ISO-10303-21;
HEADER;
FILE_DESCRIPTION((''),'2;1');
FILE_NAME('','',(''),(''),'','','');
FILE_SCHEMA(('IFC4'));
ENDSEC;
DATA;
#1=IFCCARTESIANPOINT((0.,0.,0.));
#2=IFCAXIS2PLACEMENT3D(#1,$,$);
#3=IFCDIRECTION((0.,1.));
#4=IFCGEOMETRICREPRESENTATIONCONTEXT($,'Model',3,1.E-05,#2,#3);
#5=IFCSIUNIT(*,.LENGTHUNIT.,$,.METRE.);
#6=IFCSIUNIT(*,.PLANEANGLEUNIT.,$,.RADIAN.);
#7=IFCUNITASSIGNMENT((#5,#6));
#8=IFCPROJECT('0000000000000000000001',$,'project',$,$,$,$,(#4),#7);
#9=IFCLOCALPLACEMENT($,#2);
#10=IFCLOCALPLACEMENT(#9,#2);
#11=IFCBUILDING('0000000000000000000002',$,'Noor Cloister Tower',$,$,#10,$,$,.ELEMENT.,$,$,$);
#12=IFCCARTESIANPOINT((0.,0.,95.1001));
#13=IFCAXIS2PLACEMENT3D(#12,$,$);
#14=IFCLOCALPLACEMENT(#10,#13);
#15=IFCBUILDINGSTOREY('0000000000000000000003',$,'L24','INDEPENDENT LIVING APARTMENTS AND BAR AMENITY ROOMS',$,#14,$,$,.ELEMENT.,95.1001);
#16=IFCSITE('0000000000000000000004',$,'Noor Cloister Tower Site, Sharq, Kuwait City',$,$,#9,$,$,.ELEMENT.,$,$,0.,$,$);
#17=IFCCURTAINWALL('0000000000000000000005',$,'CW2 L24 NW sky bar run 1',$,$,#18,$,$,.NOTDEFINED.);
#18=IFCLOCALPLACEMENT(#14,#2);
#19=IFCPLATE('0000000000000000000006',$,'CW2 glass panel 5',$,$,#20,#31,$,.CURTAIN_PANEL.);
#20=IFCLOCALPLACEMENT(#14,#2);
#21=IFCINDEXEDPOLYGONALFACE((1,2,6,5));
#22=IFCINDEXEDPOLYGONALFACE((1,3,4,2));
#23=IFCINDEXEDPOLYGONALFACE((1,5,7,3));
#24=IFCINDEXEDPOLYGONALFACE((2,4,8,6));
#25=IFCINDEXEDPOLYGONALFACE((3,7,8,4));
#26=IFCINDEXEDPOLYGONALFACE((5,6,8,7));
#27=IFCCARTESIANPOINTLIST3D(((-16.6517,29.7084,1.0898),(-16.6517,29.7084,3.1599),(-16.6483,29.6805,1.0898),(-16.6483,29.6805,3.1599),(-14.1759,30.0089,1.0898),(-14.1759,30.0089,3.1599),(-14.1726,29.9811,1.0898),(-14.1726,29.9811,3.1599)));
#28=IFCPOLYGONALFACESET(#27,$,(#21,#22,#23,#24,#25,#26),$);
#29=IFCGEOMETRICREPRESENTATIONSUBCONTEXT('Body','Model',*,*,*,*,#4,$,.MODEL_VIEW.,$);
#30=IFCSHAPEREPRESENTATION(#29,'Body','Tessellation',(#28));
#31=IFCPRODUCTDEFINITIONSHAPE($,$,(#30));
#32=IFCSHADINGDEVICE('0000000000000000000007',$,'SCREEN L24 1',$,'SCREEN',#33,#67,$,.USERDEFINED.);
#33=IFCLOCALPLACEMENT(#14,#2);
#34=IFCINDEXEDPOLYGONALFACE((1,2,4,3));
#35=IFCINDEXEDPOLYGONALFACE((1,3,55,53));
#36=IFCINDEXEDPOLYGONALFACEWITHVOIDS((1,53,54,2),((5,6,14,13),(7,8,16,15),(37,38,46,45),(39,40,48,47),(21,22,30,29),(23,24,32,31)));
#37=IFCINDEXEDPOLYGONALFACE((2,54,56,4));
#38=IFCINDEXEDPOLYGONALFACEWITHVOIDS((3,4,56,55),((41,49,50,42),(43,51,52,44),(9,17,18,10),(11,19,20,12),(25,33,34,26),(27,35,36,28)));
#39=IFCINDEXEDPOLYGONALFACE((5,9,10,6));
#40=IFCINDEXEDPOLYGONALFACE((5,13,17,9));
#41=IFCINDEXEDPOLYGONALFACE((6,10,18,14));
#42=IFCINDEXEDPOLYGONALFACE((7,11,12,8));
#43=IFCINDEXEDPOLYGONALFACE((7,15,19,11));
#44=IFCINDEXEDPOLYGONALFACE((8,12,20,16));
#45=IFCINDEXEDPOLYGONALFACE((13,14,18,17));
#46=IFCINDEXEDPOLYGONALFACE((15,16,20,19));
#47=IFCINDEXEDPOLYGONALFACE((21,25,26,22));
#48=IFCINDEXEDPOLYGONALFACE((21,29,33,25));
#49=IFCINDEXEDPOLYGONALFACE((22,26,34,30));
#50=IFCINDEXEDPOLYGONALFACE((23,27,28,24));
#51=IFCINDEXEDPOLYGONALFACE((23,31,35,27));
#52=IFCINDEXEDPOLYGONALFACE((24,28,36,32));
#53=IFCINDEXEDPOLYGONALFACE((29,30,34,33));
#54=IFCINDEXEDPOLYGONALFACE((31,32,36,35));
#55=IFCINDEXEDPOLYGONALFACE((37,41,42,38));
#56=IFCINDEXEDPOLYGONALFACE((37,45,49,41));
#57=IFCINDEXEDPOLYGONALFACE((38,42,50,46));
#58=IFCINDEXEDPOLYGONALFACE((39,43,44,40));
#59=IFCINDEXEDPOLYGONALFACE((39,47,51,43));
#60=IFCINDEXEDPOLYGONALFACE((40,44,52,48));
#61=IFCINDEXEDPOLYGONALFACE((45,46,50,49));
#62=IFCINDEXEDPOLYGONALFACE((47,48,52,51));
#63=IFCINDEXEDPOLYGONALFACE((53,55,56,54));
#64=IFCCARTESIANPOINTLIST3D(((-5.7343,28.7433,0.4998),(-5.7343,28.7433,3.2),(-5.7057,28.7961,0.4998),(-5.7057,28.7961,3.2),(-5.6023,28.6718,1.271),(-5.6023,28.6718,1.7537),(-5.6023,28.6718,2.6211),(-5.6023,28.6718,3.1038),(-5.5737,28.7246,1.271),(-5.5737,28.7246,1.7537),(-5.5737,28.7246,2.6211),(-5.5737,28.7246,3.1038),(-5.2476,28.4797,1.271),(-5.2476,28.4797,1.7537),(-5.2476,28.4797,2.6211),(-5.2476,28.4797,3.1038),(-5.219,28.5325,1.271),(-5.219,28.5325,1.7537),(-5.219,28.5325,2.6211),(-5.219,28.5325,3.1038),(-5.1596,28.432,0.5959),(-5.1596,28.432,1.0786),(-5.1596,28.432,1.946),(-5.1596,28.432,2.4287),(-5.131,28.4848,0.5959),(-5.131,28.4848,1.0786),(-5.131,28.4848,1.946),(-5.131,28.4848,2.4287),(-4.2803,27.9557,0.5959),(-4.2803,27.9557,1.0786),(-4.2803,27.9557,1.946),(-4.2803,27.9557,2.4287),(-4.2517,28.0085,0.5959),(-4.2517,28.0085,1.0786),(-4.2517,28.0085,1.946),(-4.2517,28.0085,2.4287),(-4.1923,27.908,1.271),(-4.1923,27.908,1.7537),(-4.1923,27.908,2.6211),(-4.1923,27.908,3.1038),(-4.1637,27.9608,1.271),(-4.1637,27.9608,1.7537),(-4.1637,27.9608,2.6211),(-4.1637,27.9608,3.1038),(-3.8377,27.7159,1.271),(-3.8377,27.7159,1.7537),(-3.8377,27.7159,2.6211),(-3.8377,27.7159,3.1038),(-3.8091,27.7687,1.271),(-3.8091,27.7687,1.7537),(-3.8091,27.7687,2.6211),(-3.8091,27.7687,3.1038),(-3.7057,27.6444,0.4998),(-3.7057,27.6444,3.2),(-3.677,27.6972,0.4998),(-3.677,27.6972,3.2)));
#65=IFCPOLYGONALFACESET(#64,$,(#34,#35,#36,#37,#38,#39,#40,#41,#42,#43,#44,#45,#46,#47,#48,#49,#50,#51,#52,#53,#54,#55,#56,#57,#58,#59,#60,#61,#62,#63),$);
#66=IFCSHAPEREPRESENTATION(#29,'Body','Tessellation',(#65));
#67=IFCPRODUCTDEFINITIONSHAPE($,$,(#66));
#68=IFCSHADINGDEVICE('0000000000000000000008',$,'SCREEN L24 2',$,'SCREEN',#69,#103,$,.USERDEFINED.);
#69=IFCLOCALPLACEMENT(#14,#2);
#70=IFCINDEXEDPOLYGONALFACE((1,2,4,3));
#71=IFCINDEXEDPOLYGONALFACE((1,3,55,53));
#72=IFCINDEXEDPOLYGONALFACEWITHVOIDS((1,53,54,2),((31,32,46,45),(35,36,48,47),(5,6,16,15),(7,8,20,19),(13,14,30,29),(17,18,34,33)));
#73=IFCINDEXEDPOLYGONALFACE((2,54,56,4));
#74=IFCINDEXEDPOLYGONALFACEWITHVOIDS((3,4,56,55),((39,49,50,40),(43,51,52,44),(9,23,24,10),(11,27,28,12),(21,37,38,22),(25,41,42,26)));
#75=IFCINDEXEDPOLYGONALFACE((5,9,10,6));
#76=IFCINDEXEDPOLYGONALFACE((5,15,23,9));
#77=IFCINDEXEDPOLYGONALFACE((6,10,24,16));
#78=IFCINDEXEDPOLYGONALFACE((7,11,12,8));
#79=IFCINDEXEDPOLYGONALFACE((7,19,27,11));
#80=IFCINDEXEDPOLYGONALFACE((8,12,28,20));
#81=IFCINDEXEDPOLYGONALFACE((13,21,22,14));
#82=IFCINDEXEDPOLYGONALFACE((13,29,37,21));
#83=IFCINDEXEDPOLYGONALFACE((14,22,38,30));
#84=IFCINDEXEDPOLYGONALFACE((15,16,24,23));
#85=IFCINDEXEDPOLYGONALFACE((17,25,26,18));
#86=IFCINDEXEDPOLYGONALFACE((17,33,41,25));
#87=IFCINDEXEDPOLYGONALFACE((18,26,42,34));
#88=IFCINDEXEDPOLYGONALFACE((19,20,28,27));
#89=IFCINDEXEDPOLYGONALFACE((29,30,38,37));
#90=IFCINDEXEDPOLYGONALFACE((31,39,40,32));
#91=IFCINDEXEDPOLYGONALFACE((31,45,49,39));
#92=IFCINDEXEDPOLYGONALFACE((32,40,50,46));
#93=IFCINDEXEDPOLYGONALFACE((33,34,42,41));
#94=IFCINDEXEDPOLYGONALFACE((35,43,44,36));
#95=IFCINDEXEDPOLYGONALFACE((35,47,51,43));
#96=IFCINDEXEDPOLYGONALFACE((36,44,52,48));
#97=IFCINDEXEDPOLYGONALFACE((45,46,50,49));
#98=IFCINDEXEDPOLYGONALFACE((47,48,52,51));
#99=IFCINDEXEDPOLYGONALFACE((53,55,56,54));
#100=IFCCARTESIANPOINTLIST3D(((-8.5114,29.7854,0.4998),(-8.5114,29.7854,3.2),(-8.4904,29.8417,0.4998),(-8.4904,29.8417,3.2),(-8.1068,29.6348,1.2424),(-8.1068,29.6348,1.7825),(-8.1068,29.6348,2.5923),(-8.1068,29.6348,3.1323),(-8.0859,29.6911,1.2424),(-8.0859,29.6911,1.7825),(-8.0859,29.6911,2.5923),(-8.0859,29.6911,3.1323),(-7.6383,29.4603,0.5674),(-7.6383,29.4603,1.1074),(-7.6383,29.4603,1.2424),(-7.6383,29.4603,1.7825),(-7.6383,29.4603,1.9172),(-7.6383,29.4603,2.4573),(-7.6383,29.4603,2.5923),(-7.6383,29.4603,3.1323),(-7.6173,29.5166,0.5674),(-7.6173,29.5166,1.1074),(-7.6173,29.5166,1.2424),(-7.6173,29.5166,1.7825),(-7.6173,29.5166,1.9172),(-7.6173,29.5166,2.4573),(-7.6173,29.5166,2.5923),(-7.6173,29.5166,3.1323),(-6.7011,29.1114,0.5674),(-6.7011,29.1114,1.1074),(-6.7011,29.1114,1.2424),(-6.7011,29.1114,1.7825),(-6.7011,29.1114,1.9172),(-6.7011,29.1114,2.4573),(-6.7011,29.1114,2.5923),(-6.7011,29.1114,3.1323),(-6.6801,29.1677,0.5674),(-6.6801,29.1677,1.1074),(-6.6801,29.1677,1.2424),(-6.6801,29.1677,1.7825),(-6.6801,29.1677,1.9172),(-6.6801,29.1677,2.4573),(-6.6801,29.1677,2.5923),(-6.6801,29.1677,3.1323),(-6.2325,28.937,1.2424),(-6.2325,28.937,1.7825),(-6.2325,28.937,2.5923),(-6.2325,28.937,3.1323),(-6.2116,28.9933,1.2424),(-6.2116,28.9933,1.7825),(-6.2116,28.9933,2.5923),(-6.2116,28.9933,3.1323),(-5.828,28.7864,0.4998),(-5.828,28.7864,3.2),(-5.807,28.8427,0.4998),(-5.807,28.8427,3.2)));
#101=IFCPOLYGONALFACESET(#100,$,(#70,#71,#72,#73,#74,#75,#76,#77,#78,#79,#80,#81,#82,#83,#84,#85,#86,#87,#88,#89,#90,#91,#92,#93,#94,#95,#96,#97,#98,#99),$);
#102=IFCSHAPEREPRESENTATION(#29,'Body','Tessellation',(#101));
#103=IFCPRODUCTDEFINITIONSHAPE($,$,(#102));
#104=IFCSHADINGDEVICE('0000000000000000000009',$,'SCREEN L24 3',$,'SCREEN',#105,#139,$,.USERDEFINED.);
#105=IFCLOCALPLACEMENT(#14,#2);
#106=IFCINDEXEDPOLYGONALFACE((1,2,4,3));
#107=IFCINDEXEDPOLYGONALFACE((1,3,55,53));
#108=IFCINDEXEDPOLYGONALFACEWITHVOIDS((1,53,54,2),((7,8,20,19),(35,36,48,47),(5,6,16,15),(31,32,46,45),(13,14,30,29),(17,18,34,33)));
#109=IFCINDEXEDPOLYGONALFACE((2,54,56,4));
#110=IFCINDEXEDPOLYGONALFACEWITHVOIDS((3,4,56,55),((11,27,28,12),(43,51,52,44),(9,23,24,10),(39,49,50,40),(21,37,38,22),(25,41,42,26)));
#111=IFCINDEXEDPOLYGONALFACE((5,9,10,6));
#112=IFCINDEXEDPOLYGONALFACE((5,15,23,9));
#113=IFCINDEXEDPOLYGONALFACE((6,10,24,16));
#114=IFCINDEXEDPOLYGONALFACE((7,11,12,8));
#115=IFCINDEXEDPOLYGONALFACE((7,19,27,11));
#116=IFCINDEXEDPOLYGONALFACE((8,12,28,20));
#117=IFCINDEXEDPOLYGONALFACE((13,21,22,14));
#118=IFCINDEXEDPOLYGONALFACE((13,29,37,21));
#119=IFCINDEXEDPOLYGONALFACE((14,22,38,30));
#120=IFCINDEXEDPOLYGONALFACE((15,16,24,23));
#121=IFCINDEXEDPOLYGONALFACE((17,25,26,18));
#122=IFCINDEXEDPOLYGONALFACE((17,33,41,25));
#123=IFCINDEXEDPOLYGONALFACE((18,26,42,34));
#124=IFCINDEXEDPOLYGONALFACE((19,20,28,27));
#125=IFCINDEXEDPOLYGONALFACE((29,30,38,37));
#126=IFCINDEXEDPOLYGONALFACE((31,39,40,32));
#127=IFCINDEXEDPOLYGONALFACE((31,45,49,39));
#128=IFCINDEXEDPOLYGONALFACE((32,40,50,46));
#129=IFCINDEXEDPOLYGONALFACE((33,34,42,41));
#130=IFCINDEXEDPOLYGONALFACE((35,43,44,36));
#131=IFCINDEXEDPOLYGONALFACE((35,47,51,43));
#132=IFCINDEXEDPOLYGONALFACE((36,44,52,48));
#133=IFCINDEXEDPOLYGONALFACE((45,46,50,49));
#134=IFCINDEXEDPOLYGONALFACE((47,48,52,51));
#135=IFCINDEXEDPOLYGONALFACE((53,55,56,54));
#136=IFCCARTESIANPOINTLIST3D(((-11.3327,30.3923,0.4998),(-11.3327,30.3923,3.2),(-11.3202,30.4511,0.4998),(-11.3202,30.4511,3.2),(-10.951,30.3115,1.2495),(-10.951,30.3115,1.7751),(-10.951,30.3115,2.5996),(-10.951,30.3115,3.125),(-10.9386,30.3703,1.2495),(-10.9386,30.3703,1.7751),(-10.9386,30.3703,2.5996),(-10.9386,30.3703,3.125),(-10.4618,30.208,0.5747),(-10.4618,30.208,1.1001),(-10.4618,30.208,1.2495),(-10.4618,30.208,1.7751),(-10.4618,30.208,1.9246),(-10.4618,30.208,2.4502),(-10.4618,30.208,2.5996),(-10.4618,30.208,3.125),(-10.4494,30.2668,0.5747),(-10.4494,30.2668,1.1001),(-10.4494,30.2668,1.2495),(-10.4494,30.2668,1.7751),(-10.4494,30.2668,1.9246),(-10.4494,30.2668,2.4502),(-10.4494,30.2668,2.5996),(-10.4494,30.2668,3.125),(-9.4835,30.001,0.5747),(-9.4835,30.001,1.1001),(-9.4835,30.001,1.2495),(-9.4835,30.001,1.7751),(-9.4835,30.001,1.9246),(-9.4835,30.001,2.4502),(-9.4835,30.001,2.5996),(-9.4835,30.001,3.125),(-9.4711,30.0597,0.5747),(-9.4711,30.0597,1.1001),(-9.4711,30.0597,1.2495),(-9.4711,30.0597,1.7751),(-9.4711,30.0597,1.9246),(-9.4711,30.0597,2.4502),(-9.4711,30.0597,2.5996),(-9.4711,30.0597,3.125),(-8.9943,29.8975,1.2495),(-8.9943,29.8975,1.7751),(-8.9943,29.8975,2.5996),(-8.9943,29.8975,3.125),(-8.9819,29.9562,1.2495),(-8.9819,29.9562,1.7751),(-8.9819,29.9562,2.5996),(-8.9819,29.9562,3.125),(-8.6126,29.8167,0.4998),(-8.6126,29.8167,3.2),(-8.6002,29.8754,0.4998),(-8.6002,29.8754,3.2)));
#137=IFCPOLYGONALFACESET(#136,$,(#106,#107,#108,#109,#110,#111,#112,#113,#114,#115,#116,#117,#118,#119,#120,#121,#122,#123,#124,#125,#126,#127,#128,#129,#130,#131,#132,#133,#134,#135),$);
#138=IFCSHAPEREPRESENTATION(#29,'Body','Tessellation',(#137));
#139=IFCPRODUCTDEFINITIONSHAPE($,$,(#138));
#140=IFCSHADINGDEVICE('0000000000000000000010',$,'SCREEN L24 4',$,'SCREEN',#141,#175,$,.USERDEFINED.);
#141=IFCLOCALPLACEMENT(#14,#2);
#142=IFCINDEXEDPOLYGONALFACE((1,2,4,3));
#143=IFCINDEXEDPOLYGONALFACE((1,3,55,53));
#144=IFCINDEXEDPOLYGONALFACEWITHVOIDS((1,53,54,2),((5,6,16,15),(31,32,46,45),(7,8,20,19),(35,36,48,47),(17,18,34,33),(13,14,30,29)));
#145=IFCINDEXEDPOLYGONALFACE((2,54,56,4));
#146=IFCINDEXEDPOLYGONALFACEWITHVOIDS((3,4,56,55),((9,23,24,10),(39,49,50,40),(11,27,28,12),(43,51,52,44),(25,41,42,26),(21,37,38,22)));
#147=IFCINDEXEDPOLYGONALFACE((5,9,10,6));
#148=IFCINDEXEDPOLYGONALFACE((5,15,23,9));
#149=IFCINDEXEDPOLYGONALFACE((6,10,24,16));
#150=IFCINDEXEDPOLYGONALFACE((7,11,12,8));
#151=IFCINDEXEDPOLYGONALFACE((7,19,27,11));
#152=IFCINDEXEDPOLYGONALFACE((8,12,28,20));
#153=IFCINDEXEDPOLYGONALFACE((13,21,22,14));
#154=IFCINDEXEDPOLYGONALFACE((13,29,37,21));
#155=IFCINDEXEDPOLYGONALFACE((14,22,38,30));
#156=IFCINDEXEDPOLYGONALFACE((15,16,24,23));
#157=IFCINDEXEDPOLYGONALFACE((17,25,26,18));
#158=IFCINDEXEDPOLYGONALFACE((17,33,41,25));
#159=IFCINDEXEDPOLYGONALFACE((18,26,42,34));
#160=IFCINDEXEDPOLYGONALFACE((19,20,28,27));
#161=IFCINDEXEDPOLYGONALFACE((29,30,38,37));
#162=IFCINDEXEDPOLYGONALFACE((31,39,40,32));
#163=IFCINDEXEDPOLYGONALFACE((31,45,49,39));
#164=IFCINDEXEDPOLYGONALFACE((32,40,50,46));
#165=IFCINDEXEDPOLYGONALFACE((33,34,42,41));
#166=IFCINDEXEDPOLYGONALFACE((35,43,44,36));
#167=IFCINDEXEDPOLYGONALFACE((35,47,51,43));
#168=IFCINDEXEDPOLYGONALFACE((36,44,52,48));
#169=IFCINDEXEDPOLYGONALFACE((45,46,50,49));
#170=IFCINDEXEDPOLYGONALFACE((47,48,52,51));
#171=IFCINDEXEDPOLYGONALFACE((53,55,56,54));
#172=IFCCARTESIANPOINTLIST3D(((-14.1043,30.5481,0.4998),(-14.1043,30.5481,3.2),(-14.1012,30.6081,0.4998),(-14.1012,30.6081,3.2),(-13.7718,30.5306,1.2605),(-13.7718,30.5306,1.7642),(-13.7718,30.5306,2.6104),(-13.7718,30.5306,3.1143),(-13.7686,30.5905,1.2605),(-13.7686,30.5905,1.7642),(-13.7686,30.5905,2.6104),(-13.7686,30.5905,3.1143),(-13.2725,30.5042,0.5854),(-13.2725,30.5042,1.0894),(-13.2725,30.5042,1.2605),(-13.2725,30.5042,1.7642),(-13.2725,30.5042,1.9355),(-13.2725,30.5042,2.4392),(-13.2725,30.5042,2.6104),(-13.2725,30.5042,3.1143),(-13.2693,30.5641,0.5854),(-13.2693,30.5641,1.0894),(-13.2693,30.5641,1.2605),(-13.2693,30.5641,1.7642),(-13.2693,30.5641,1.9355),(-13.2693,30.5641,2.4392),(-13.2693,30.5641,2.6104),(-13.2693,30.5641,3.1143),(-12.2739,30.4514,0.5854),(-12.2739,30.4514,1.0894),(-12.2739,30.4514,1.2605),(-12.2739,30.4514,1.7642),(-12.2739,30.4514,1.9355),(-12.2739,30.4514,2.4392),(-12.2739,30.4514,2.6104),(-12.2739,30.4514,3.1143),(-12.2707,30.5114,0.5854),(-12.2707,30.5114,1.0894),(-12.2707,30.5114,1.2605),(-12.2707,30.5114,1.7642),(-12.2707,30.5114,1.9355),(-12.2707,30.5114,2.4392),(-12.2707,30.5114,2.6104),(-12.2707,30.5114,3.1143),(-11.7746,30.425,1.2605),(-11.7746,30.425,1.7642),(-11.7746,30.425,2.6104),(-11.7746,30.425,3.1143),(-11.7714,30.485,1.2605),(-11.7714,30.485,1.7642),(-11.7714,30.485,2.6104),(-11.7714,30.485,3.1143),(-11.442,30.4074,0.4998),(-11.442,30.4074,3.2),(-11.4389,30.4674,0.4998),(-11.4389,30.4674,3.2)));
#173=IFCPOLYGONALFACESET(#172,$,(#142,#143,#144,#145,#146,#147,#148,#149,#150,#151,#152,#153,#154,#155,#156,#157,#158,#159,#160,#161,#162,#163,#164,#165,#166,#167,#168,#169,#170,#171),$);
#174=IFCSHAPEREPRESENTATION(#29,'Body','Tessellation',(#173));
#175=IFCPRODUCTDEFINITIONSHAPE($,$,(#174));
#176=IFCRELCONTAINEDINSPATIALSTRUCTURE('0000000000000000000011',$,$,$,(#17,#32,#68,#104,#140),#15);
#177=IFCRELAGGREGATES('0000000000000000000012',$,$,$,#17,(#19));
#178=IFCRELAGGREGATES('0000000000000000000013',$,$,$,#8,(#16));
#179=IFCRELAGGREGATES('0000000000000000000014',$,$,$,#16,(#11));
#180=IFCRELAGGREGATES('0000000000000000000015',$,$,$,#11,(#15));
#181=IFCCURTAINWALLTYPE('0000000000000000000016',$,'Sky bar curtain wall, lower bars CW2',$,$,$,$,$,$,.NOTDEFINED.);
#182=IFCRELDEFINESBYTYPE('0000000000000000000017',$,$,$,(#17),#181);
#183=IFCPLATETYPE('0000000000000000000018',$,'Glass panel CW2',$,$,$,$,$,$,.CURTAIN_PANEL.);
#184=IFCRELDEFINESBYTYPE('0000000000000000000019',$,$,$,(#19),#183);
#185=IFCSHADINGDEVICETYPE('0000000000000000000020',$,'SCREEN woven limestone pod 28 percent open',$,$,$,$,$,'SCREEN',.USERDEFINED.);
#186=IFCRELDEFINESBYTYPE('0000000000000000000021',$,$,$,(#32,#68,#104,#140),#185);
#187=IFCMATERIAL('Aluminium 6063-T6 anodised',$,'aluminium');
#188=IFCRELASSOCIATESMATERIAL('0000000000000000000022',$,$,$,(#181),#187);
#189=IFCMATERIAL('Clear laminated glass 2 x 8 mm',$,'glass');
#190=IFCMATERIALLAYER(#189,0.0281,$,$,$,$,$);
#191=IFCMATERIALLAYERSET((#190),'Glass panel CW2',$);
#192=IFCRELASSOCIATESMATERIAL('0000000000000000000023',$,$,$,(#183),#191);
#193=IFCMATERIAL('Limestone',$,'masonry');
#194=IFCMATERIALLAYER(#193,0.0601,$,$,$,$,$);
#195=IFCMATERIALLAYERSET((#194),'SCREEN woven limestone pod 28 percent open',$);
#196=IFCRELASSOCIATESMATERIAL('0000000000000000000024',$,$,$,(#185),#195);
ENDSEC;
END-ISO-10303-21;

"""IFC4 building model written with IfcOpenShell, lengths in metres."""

from ifc_helpers import new_model, si_unit, direction, frame, origin, origin_2d, place, context, subcontext, project, spatial, polyline, rectangle, outline, extrude, material, layer, layer_set, type_object, element, aggregate, save


model = new_model("IFC4")

# Units and contexts
model_context = context("Model", 3, precision=1e-05, world=origin(), true_north=direction((0.0, 1.0)))
body_context = subcontext(model_context, "Body", "Model", "MODEL_VIEW")
ifc_project = project(units=[si_unit("LENGTHUNIT", "METRE"), si_unit("PLANEANGLEUNIT", "RADIAN")], contexts=[model_context])

# Site, building, storey
site_placement = place(None, origin())
site = spatial("IfcSite", under=ifc_project, at=site_placement, Name="Noor Cloister Tower Site, Sharq, Kuwait City", CompositionType="ELEMENT", RefElevation=0.0)
building_placement = place(site_placement, origin())
building = spatial("IfcBuilding", under=site, at=building_placement, Name="Noor Cloister Tower", CompositionType="ELEMENT")
storey_placement = place(building_placement, frame((0.0, 0.0, 95.1001)))
storey = spatial("IfcBuildingStorey", under=building, at=storey_placement, Name="L24", Description="INDEPENDENT LIVING APARTMENTS AND BAR AMENITY ROOMS", CompositionType="ELEMENT", Elevation=95.1001)

# Curtain wall
ifc_material_1 = material(Name="Aluminium 6063-T6 anodised", Category="aluminium")
curtain_wall_type = type_object("IfcCurtainWallType", Name="Sky bar curtain wall, lower bars CW2", PredefinedType="NOTDEFINED", material=ifc_material_1)
curtain_wall_placement = place(storey_placement, origin())
curtain_wall = element("IfcCurtainWall", 1, at=curtain_wall_placement, inside=storey, type_object=curtain_wall_type, Name="CW2 L24 NW sky bar run 1", PredefinedType="NOTDEFINED")

# Plate
ifc_material_2 = material(Name="Clear laminated glass 2 x 8 mm", Category="glass")
ifc_layer_1 = layer(ifc_material_2, 0.0281)
ifc_layer_set_1 = layer_set([ifc_layer_1], Name="Glass panel CW2")
plate_type = type_object("IfcPlateType", Name="Glass panel CW2", PredefinedType="CURTAIN_PANEL", material=ifc_layer_set_1)
plate_1_placement = place(storey_placement, frame((-15.4121, 29.8447, 1.0898), z_axis=(0.0, 0.0, 1.0), x_axis=(-0.992712, -0.12051, 0.0)))
plate_1 = element("IfcPlate", 2, at=plate_1_placement, type_object=plate_type, Name="CW2 glass panel 5", PredefinedType="CURTAIN_PANEL", context=body_context, shape_type="SweptSolid", body=[
    extrude(rectangle(XDim=2.4939, YDim=0.0281, at=origin_2d()), origin(), (0.0, 0.0, 1.0), 2.0701),
])
aggregate(curtain_wall, [plate_1])

# Shading devices
ifc_material_3 = material(Name="Limestone", Category="masonry")
ifc_layer_2 = layer(ifc_material_3, 0.0601)
ifc_layer_set_2 = layer_set([ifc_layer_2], Name="SCREEN woven limestone pod 28 percent open")
shading_device_type = type_object("IfcShadingDeviceType", Name="SCREEN woven limestone pod 28 percent open", ElementType="SCREEN", PredefinedType="USERDEFINED", material=ifc_layer_set_2)
shading_device_1_placement = place(storey_placement, frame((-4.72, 28.1938, 1.8499), z_axis=(0.476283, 0.879292, 0.0), x_axis=(-0.879292, 0.476283, 0.0)))
element("IfcShadingDevice", 3, at=shading_device_1_placement, inside=storey, type_object=shading_device_type, Name="SCREEN L24 1", ObjectType="SCREEN", PredefinedType="USERDEFINED", context=body_context, shape_type="SweptSolid", body=[
    extrude(outline(polyline([(-1.1536, -1.3501), (1.1536, -1.3501), (1.1536, 1.3501), (-1.1536, 1.3501), (-1.1536, -1.3501)]), holes=[polyline([(-0.5, -1.2539), (0.5, -1.2539), (0.5, -0.7712), (-0.5, -0.7712), (-0.5, -1.2539)]), polyline([(0.6001, -0.5789), (1.0034, -0.5789), (1.0034, -0.0962), (0.6001, -0.0962), (0.6001, -0.5789)]), polyline([(-1.0034, -0.5789), (-0.6001, -0.5789), (-0.6001, -0.0962), (-1.0034, -0.0962), (-1.0034, -0.5789)]), polyline([(-0.5, 0.0962), (0.5, 0.0962), (0.5, 0.5789), (-0.5, 0.5789), (-0.5, 0.0962)]), polyline([(0.6001, 0.7712), (1.0034, 0.7712), (1.0034, 1.2539), (0.6001, 1.2539), (0.6001, 0.7712)]), polyline([(-1.0034, 0.7712), (-0.6001, 0.7712), (-0.6001, 1.2539), (-1.0034, 1.2539), (-1.0034, 0.7712)])]), origin(), (0.0, 0.0, 1.0), 0.0601),
])
shading_device_2_placement = place(storey_placement, frame((-7.1697, 29.2859, 1.8499), z_axis=(0.348899, 0.93716, 0.0), x_axis=(-0.93716, 0.348899, 0.0)))
element("IfcShadingDevice", 4, at=shading_device_2_placement, inside=storey, type_object=shading_device_type, Name="SCREEN L24 2", ObjectType="SCREEN", PredefinedType="USERDEFINED", context=body_context, shape_type="SweptSolid", body=[
    extrude(outline(polyline([(-1.4316, -1.3501), (1.4316, -1.3501), (1.4316, 1.3501), (-1.4316, 1.3501), (-1.4316, -1.3501)]), holes=[polyline([(-0.5, -1.2825), (0.5, -1.2825), (0.5, -0.7424), (-0.5, -0.7424), (-0.5, -1.2825)]), polyline([(-1.0, -0.6074), (-0.5, -0.6074), (-0.5, -0.0674), (-1.0, -0.0674), (-1.0, -0.6074)]), polyline([(0.5, -0.6074), (1.0, -0.6074), (1.0, -0.0674), (0.5, -0.0674), (0.5, -0.6074)]), polyline([(-0.5, 0.0674), (0.5, 0.0674), (0.5, 0.6074), (-0.5, 0.6074), (-0.5, 0.0674)]), polyline([(-1.0, 0.7424), (-0.5, 0.7424), (-0.5, 1.2825), (-1.0, 1.2825), (-1.0, 0.7424)]), polyline([(0.5, 0.7424), (1.0, 0.7424), (1.0, 1.2825), (0.5, 1.2825), (0.5, 0.7424)])]), origin(), (0.0, 0.0, 1.0), 0.0601),
])
shading_device_3_placement = place(storey_placement, frame((-9.9727, 30.1045, 1.8499), z_axis=(0.207033, 0.978334, 0.0), x_axis=(-0.978334, 0.207033, 0.0)))
element("IfcShadingDevice", 5, at=shading_device_3_placement, inside=storey, type_object=shading_device_type, Name="SCREEN L24 3", ObjectType="SCREEN", PredefinedType="USERDEFINED", context=body_context, shape_type="SweptSolid", body=[
    extrude(outline(polyline([(-1.3901, -1.3501), (1.3901, -1.3501), (1.3901, 1.3501), (-1.3901, 1.3501), (-1.3901, -1.3501)]), holes=[polyline([(-0.5, -1.2751), (0.5, -1.2751), (0.5, -0.7498), (-0.5, -0.7498), (-0.5, -1.2751)]), polyline([(-1.0, -0.6003), (-0.5, -0.6003), (-0.5, -0.0747), (-1.0, -0.0747), (-1.0, -0.6003)]), polyline([(0.5, -0.6003), (1.0, -0.6003), (1.0, -0.0747), (0.5, -0.0747), (0.5, -0.6003)]), polyline([(-0.5, 0.0747), (0.5, 0.0747), (0.5, 0.6003), (-0.5, 0.6003), (-0.5, 0.0747)]), polyline([(-1.0, 0.7498), (-0.5, 0.7498), (-0.5, 1.2751), (-1.0, 1.2751), (-1.0, 0.7498)]), polyline([(0.5, 0.7498), (1.0, 0.7498), (1.0, 1.2751), (0.5, 1.2751), (0.5, 0.7498)])]), origin(), (0.0, 0.0, 1.0), 0.0601),
])
shading_device_4_placement = place(storey_placement, frame((-12.7732, 30.4778, 1.8499), z_axis=(0.052772, 0.998607, 0.0), x_axis=(-0.998607, 0.052772, 0.0)))
element("IfcShadingDevice", 6, at=shading_device_4_placement, inside=storey, type_object=shading_device_type, Name="SCREEN L24 4", ObjectType="SCREEN", PredefinedType="USERDEFINED", context=body_context, shape_type="SweptSolid", body=[
    extrude(outline(polyline([(-1.333, -1.3501), (1.333, -1.3501), (1.333, 1.3501), (-1.333, 1.3501), (-1.333, -1.3501)]), holes=[polyline([(-0.5, -1.2644), (0.5, -1.2644), (0.5, -0.7605), (-0.5, -0.7605), (-0.5, -1.2644)]), polyline([(-1.0, -0.5894), (-0.5, -0.5894), (-0.5, -0.0857), (-1.0, -0.0857), (-1.0, -0.5894)]), polyline([(0.5, -0.5894), (1.0, -0.5894), (1.0, -0.0857), (0.5, -0.0857), (0.5, -0.5894)]), polyline([(-0.5, 0.0857), (0.5, 0.0857), (0.5, 0.5894), (-0.5, 0.5894), (-0.5, 0.0857)]), polyline([(-1.0, 0.7605), (-0.5, 0.7605), (-0.5, 1.2644), (-1.0, 1.2644), (-1.0, 0.7605)]), polyline([(0.5, 0.7605), (1.0, 0.7605), (1.0, 1.2644), (0.5, 1.2644), (0.5, 0.7605)])]), origin(), (0.0, 0.0, 1.0), 0.0601),
])

save(model, "model.ifc")
